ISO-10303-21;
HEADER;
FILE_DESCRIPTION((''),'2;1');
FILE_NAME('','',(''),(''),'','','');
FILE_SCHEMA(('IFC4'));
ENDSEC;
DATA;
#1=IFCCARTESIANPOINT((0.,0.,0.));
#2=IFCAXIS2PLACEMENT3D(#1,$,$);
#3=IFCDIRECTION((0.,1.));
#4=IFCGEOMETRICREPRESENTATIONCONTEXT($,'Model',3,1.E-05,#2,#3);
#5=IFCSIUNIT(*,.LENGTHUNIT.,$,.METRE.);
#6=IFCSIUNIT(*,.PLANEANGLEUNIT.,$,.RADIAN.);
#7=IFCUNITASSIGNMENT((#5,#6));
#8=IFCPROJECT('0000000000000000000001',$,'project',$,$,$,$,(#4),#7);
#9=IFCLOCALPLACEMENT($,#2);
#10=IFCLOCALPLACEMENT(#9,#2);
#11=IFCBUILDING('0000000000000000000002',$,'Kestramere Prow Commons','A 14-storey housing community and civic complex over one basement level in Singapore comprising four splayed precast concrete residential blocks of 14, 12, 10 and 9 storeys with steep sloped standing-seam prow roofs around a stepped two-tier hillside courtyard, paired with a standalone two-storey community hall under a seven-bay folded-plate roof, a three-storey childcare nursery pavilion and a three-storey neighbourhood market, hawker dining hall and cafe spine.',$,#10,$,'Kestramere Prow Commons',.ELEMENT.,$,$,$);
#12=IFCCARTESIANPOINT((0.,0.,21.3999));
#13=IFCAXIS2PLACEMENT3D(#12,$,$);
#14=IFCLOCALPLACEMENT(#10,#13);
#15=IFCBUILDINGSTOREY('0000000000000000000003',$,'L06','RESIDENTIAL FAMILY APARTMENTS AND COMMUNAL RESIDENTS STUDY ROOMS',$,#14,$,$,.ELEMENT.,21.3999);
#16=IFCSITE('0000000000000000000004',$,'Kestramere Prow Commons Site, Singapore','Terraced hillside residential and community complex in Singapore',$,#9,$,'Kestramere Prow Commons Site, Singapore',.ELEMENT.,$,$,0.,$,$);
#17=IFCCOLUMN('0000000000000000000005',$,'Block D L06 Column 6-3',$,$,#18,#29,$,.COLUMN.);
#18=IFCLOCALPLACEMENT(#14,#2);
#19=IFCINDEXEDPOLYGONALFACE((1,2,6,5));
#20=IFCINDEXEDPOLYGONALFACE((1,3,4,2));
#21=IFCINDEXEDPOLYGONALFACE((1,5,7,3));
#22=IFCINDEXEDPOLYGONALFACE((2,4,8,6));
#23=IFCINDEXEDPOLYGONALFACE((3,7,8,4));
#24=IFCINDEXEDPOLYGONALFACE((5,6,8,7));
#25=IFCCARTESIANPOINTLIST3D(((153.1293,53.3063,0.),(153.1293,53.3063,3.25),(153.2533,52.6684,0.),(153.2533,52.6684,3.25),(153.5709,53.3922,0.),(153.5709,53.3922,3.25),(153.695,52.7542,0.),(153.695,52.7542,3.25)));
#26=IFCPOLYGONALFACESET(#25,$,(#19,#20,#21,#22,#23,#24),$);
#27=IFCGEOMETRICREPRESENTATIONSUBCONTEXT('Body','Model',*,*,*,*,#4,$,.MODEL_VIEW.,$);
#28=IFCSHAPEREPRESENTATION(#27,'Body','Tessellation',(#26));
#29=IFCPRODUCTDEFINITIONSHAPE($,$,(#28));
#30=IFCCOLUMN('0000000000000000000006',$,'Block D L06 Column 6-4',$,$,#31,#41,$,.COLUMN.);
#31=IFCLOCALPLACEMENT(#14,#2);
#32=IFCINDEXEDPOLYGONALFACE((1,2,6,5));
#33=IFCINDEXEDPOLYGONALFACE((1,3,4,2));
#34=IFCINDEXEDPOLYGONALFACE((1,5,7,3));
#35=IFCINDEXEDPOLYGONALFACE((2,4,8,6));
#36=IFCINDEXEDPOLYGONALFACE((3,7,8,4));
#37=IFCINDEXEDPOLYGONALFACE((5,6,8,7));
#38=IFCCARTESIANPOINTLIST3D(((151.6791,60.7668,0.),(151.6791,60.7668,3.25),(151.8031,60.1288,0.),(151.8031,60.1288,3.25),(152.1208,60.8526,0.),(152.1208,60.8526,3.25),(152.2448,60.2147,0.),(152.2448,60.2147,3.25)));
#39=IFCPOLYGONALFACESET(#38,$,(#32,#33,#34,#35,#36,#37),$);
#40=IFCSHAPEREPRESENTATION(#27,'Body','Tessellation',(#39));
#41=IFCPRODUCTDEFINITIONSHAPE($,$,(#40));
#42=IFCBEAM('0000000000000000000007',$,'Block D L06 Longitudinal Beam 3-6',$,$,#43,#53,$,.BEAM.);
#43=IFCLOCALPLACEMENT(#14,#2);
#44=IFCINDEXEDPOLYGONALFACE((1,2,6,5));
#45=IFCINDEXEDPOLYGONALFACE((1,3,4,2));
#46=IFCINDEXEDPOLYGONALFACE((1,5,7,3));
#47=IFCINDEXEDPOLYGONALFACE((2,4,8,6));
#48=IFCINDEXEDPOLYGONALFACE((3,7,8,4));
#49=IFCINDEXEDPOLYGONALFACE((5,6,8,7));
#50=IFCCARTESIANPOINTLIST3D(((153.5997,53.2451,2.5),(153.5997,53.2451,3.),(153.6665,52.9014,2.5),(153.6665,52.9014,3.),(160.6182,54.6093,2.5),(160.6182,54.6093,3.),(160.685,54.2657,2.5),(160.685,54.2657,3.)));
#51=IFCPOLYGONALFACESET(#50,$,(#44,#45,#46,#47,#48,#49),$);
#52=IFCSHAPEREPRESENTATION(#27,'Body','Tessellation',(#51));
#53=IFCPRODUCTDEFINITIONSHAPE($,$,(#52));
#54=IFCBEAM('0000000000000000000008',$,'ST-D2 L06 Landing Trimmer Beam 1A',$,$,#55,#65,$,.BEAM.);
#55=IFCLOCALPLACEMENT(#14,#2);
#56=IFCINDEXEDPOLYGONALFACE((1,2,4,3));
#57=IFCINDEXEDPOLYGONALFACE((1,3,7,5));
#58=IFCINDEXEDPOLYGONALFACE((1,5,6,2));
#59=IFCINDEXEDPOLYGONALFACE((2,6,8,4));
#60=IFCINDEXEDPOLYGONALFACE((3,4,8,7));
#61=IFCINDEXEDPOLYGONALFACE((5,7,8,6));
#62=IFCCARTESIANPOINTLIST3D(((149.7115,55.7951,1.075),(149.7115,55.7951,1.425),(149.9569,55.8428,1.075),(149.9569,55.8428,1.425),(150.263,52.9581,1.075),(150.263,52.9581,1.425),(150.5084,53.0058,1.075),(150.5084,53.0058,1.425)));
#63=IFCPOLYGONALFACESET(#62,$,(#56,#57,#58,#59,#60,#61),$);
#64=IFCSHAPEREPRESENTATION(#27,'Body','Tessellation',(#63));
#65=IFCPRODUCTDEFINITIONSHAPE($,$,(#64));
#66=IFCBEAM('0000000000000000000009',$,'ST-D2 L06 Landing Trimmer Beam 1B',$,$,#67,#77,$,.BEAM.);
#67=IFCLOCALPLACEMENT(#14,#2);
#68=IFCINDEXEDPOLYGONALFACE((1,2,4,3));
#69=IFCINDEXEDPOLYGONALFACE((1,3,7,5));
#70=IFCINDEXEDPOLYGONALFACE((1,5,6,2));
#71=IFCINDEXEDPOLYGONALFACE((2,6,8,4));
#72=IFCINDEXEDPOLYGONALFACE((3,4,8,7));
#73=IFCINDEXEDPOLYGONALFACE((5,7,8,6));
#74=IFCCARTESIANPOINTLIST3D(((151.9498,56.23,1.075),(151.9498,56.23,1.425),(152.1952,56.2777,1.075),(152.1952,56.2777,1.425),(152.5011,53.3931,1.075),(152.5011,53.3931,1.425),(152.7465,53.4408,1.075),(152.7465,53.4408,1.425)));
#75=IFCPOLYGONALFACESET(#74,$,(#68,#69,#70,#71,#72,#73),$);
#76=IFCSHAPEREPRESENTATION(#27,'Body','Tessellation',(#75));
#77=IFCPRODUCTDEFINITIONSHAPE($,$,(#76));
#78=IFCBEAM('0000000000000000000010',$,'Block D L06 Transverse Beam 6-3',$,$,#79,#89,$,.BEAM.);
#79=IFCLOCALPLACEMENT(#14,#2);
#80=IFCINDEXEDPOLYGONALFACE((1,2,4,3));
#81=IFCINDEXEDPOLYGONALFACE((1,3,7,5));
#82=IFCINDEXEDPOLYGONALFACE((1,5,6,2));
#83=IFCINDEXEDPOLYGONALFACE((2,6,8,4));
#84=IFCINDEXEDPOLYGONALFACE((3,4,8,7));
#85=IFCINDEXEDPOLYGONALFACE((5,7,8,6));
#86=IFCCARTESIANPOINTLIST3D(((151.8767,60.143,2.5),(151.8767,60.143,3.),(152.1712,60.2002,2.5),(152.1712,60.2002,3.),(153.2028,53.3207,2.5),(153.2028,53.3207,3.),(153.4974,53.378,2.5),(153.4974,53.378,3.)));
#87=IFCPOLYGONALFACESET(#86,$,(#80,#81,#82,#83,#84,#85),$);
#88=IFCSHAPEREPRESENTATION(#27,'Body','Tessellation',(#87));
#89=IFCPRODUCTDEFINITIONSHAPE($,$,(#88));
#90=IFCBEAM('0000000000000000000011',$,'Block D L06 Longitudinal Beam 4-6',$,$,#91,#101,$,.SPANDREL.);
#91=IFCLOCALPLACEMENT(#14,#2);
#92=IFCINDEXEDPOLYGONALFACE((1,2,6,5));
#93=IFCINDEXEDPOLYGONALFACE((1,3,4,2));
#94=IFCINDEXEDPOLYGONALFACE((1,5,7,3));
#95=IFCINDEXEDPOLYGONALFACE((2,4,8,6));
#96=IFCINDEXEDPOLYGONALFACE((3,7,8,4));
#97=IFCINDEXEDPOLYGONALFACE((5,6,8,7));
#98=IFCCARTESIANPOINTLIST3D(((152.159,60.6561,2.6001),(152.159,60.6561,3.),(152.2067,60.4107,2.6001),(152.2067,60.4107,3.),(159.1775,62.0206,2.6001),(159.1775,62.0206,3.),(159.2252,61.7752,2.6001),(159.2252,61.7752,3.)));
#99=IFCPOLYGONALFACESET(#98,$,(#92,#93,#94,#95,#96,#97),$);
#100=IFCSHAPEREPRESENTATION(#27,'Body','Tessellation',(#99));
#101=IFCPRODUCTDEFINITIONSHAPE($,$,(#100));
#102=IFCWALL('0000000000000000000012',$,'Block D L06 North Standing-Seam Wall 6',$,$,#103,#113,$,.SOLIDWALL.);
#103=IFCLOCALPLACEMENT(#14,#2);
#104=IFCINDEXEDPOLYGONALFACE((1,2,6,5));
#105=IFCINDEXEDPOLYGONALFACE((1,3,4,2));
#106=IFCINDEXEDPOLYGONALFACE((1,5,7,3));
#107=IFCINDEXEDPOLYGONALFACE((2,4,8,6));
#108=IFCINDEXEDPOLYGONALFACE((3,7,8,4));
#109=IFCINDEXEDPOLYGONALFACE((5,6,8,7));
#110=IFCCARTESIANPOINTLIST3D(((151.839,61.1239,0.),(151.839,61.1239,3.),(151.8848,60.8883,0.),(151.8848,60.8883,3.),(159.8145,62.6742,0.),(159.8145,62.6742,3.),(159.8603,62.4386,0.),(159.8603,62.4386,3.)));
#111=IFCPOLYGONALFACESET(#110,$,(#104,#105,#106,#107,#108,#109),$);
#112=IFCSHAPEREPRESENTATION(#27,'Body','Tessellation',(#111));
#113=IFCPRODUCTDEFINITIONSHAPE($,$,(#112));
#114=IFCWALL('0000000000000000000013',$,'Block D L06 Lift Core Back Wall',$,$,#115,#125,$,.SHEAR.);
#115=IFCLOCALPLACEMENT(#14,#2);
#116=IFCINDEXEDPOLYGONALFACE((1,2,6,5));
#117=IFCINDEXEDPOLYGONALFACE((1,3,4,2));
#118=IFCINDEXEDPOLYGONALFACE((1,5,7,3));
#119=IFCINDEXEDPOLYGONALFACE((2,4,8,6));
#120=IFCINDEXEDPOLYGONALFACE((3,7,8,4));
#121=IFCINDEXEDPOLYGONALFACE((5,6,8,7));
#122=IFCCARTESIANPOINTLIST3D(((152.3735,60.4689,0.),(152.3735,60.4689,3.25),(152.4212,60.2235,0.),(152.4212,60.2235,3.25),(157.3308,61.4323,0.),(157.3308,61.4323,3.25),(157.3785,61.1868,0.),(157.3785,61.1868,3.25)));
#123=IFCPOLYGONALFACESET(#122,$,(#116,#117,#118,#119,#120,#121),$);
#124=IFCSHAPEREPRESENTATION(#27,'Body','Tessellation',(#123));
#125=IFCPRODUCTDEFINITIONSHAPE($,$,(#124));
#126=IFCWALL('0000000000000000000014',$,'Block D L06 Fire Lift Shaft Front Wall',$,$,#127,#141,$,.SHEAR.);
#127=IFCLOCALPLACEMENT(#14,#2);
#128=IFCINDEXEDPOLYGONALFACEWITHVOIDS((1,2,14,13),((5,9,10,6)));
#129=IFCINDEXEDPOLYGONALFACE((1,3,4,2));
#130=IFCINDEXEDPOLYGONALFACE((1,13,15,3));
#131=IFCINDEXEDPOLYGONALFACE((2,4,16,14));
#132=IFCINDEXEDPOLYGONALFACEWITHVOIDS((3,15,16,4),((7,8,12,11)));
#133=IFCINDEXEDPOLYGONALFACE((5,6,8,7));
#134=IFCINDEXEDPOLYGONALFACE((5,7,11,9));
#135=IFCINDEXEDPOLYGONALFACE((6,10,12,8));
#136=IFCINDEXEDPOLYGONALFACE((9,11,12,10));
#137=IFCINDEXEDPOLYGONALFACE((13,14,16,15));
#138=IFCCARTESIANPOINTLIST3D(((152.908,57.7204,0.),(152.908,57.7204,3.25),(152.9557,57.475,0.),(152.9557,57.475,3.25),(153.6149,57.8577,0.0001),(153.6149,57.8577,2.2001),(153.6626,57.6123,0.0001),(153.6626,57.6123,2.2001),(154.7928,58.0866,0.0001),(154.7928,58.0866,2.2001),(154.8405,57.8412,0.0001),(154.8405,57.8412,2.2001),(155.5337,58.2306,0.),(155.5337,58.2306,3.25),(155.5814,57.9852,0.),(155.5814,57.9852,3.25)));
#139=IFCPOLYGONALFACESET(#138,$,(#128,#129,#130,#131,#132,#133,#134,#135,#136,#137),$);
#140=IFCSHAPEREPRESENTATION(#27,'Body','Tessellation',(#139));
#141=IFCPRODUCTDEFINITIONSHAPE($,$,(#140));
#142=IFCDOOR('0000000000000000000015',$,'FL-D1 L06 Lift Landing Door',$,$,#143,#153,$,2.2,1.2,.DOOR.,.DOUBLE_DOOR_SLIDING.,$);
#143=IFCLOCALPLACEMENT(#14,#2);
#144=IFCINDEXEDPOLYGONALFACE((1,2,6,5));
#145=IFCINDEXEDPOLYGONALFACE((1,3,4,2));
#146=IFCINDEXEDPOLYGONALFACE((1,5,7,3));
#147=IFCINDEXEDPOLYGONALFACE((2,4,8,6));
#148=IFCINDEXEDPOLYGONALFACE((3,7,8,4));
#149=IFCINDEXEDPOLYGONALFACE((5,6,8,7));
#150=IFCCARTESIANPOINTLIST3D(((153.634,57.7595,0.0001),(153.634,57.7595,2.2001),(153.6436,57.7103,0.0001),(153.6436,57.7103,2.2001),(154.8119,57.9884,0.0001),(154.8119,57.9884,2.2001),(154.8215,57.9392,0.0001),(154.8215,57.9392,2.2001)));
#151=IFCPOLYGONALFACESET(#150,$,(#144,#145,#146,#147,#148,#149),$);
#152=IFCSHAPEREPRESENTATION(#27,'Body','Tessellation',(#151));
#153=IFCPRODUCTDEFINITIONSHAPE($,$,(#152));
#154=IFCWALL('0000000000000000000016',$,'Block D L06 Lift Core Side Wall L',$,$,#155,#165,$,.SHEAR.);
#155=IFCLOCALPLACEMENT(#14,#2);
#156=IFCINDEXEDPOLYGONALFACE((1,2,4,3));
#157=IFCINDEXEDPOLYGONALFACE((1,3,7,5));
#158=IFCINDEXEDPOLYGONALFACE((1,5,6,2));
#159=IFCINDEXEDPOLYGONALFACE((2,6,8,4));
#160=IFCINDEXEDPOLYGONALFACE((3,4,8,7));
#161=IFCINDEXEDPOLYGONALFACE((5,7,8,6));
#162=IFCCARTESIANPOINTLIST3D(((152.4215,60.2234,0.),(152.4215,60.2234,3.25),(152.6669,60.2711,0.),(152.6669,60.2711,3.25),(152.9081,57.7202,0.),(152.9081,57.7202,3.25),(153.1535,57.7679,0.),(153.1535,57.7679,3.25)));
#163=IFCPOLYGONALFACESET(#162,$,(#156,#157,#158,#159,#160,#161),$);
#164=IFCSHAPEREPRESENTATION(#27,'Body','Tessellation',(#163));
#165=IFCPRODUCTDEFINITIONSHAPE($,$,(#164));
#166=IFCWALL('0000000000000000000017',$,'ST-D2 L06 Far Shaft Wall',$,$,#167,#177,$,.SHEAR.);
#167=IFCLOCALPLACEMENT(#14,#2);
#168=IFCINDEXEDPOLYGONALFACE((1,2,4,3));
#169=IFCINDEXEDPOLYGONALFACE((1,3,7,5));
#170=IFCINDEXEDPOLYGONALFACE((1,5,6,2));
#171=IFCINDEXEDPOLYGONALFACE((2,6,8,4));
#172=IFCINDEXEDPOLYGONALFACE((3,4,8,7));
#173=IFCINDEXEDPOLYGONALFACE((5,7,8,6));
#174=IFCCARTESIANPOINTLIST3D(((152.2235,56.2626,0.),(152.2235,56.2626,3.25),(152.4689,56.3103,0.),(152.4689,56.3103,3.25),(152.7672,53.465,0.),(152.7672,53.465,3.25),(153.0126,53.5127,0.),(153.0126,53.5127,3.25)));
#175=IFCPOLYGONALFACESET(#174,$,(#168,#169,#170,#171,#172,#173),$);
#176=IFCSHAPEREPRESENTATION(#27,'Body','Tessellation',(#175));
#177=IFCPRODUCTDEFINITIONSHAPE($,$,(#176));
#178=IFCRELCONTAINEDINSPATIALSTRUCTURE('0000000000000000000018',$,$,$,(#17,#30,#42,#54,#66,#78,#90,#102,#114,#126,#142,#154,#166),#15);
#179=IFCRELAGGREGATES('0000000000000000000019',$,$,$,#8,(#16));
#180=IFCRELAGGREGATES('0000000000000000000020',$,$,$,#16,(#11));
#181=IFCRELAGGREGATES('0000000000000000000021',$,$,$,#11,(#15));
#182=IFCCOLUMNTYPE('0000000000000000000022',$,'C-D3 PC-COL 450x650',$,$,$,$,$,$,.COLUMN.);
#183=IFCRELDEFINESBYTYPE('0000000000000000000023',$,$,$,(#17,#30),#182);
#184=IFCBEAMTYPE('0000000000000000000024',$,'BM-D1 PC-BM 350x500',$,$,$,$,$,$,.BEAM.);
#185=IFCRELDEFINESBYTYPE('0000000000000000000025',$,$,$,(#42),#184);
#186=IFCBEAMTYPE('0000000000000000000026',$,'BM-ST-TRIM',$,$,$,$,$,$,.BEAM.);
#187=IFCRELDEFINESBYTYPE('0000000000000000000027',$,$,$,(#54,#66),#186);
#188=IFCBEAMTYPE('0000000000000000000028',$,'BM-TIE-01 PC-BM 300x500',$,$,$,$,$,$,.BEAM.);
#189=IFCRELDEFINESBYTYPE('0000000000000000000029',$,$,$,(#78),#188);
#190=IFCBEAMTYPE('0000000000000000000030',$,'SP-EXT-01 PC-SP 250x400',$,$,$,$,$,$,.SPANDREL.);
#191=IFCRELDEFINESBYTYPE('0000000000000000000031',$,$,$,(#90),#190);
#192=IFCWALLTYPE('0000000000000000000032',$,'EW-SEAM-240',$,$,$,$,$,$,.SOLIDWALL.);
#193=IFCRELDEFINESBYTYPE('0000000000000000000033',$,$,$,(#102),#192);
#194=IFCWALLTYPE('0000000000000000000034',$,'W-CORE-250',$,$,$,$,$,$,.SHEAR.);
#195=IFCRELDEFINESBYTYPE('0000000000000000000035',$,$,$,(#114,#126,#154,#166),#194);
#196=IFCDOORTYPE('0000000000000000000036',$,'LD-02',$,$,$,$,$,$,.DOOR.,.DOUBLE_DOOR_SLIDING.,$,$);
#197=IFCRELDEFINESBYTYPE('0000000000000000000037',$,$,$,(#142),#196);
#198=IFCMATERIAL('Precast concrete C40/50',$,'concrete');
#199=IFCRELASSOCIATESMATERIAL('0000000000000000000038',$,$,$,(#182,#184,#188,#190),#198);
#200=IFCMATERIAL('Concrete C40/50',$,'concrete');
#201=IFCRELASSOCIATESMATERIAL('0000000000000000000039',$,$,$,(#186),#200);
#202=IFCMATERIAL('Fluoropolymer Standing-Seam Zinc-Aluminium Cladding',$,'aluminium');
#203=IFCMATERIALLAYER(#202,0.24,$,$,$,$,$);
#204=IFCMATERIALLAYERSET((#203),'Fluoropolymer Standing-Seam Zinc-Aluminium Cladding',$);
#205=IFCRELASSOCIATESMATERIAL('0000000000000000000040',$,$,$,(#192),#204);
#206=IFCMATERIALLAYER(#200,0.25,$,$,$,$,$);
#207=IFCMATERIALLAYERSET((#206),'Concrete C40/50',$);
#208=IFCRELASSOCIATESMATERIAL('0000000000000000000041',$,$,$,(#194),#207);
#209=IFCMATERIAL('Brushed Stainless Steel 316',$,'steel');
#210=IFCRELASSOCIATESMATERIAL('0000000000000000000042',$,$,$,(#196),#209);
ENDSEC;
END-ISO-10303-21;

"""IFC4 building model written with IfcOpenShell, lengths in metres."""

from ifc_helpers import new_model, si_unit, direction, frame, frame_2d, origin, origin_2d, place, context, subcontext, project, spatial, rectangle, extrude, material, layer, layer_set, material_profile, profile_set, type_object, element, fill, save


model = new_model("IFC4")

# Units and contexts
model_context = context("Model", 3, precision=1e-05, world=origin(), true_north=direction((0.0, 1.0)))
body_context = subcontext(model_context, "Body", "Model", "MODEL_VIEW")
ifc_project = project(units=[si_unit("LENGTHUNIT", "METRE"), si_unit("PLANEANGLEUNIT", "RADIAN")], contexts=[model_context])

# Site, building, storey
site_placement = place(None, origin())
site = spatial("IfcSite", under=ifc_project, at=site_placement, Name="Kestramere Prow Commons Site, Singapore", Description="Terraced hillside residential and community complex in Singapore", LongName="Kestramere Prow Commons Site, Singapore", CompositionType="ELEMENT", RefElevation=0.0)
building_placement = place(site_placement, origin())
building = spatial("IfcBuilding", under=site, at=building_placement, Name="Kestramere Prow Commons", Description="A 14-storey housing community and civic complex over one basement level in Singapore comprising four splayed precast concrete residential blocks of 14, 12, 10 and 9 storeys with steep sloped standing-seam prow roofs around a stepped two-tier hillside courtyard, paired with a standalone two-storey community hall under a seven-bay folded-plate roof, a three-storey childcare nursery pavilion and a three-storey neighbourhood market, hawker dining hall and cafe spine.", LongName="Kestramere Prow Commons", CompositionType="ELEMENT")
storey_placement = place(building_placement, frame((0.0, 0.0, 21.3999)))
storey = spatial("IfcBuildingStorey", under=building, at=storey_placement, Name="L06", Description="RESIDENTIAL FAMILY APARTMENTS AND COMMUNAL RESIDENTS STUDY ROOMS", CompositionType="ELEMENT", Elevation=21.3999)

# Columns
ifc_material_1 = material(Name="Precast concrete C40/50", Category="concrete")
ifc_material_profile_1 = material_profile(ifc_material_1, rectangle(XDim=0.45, YDim=0.6499, at=origin_2d()), Name="PC-COL 450x650")
ifc_profile_set_1 = profile_set([ifc_material_profile_1], Name="Precast concrete C40/50")
column_type = type_object("IfcColumnType", Name="C-D3 PC-COL 450x650", PredefinedType="COLUMN", material=ifc_profile_set_1)
for number, where, z_axis, x_axis, name in (
    (1, (153.4121, 53.0303, 0.0), (0.0, 0.0, 1.0), (0.981627, 0.190809, 0.0), "Block D L06 Column 6-3"),
    (2, (151.9619, 60.4907, 0.0), (0.0, 0.0, 1.0), (0.981627, 0.190809, 0.0), "Block D L06 Column 6-4"),
):
    element("IfcColumn", number, at=place(storey_placement, frame(where, z_axis=z_axis, x_axis=x_axis)), inside=storey, type_object=column_type, Name=name, PredefinedType="COLUMN", context=body_context, shape_type="SweptSolid", body=[
        extrude(rectangle(XDim=0.45, YDim=0.6499, at=origin_2d()), origin(), (0.0, 0.0, 1.0), 3.25),
    ])

# Beams
ifc_material_profile_2 = material_profile(ifc_material_1, rectangle(XDim=0.3501, YDim=0.5, at=origin_2d()), Name="PC-BM 350x500")
ifc_profile_set_2 = profile_set([ifc_material_profile_2], Name="Precast concrete C40/50")
beam_type_1 = type_object("IfcBeamType", Name="BM-D1 PC-BM 350x500", PredefinedType="BEAM", material=ifc_profile_set_2)
beam_1_placement = place(storey_placement, frame((153.6331, 53.0732, 2.75), z_axis=(0.981627, 0.190808, 0.0), x_axis=(-0.190808, 0.981627, 0.0)))
element("IfcBeam", 3, at=beam_1_placement, inside=storey, type_object=beam_type_1, Name="Block D L06 Longitudinal Beam 3-6", PredefinedType="BEAM", context=body_context, shape_type="SweptSolid", body=[
    extrude(rectangle(XDim=0.3501, YDim=0.5, at=origin_2d()), origin(), (0.0, 0.0, 1.0), 7.1499),
])
ifc_material_2 = material(Name="Concrete C40/50", Category="concrete")
ifc_material_profile_3 = material_profile(ifc_material_2, rectangle(XDim=0.25, YDim=0.3501, at=origin_2d()), Name="PC-BM 250x350")
ifc_profile_set_3 = profile_set([ifc_material_profile_3], Name="Concrete C40/50")
beam_type_2 = type_object("IfcBeamType", Name="BM-ST-TRIM", PredefinedType="BEAM", material=ifc_profile_set_3)
beam_2_placement = place(storey_placement, frame((150.3857, 52.9819, 1.25), z_axis=(-0.190833, 0.981622, 0.0), x_axis=(-0.981622, -0.190833, 0.0)))
element("IfcBeam", 4, at=beam_2_placement, inside=storey, type_object=beam_type_2, Name="ST-D2 L06 Landing Trimmer Beam 1A", PredefinedType="BEAM", context=body_context, shape_type="SweptSolid", body=[
    extrude(rectangle(XDim=0.25, YDim=0.3501, at=origin_2d()), origin(), (0.0, 0.0, 1.0), 2.8901),
])
beam_3_placement = place(storey_placement, frame((152.6238, 53.417, 1.25), z_axis=(-0.190752, 0.981638, 0.0), x_axis=(-0.981638, -0.190752, 0.0)))
element("IfcBeam", 5, at=beam_3_placement, inside=storey, type_object=beam_type_2, Name="ST-D2 L06 Landing Trimmer Beam 1B", PredefinedType="BEAM", context=body_context, shape_type="SweptSolid", body=[
    extrude(rectangle(XDim=0.25, YDim=0.3501, at=origin_2d()), origin(), (0.0, 0.0, 1.0), 2.8899),
])
ifc_material_profile_4 = material_profile(ifc_material_1, rectangle(XDim=0.3, YDim=0.5, at=origin_2d()), Name="PC-BM 300x500")
ifc_profile_set_4 = profile_set([ifc_material_profile_4], Name="Precast concrete C40/50")
beam_type_3 = type_object("IfcBeamType", Name="BM-TIE-01 PC-BM 300x500", PredefinedType="BEAM", material=ifc_profile_set_4)
beam_4_placement = place(storey_placement, frame((153.3501, 53.3494, 2.75), z_axis=(-0.190817, 0.981626, 0.0), x_axis=(-0.981626, -0.190817, 0.0)))
element("IfcBeam", 6, at=beam_4_placement, inside=storey, type_object=beam_type_3, Name="Block D L06 Transverse Beam 6-3", PredefinedType="BEAM", context=body_context, shape_type="SweptSolid", body=[
    extrude(rectangle(XDim=0.3, YDim=0.5, at=origin_2d()), origin(), (0.0, 0.0, 1.0), 6.95),
])
ifc_material_profile_5 = material_profile(ifc_material_1, rectangle(XDim=0.25, YDim=0.3999, at=origin_2d()), Name="PC-SP 250x400")
ifc_profile_set_5 = profile_set([ifc_material_profile_5], Name="Precast concrete C40/50")
beam_type_4 = type_object("IfcBeamType", Name="SP-EXT-01 PC-SP 250x400", PredefinedType="SPANDREL", material=ifc_profile_set_5)
beam_5_placement = place(storey_placement, frame((152.1829, 60.5334, 2.8), z_axis=(0.981621, 0.19084, 0.0), x_axis=(-0.19084, 0.981621, 0.0)))
element("IfcBeam", 7, at=beam_5_placement, inside=storey, type_object=beam_type_4, Name="Block D L06 Longitudinal Beam 4-6", PredefinedType="SPANDREL", context=body_context, shape_type="SweptSolid", body=[
    extrude(rectangle(XDim=0.25, YDim=0.3999, at=origin_2d()), origin(), (0.0, 0.0, 1.0), 7.1499),
])

# Walls
ifc_material_3 = material(Name="Fluoropolymer Standing-Seam Zinc-Aluminium Cladding", Category="aluminium")
ifc_layer_1 = layer(ifc_material_3, 0.24)
ifc_layer_set_1 = layer_set([ifc_layer_1], Name="Fluoropolymer Standing-Seam Zinc-Aluminium Cladding")
wall_type_1 = type_object("IfcWallType", Name="EW-SEAM-240", PredefinedType="SOLIDWALL", material=ifc_layer_set_1)
wall_1_placement = place(storey_placement, frame((151.8618, 61.0061, 0.0), z_axis=(0.0, 0.0, 1.0), x_axis=(0.981627, 0.190809, 0.0)))
element("IfcWall", 8, at=wall_1_placement, inside=storey, type_object=wall_type_1, Name="Block D L06 North Standing-Seam Wall 6", PredefinedType="SOLIDWALL", context=body_context, shape_type="SweptSolid", body=[
    extrude(rectangle(XDim=8.1248, YDim=0.24, at=frame_2d((4.0625, 0.0))), origin(), (0.0, 0.0, 1.0), 3.0),
])
ifc_layer_2 = layer(ifc_material_2, 0.25)
ifc_layer_set_2 = layer_set([ifc_layer_2], Name="Concrete C40/50")
wall_type_2 = type_object("IfcWallType", Name="W-CORE-250", PredefinedType="SHEAR", material=ifc_layer_set_2)
wall_2_placement = place(storey_placement, frame((152.3975, 60.3462, 0.0), z_axis=(0.0, 0.0, 1.0), x_axis=(0.981635, 0.190767, 0.0)))
element("IfcWall", 9, at=wall_2_placement, inside=storey, type_object=wall_type_2, Name="Block D L06 Lift Core Back Wall", PredefinedType="SHEAR", context=body_context, shape_type="SweptSolid", body=[
    extrude(rectangle(XDim=5.05, YDim=0.25, at=frame_2d((2.5249, 0.0))), origin(), (0.0, 0.0, 1.0), 3.25),
])

# Wall, opening, door
wall_3_placement = place(storey_placement, frame((152.9319, 57.5977, 0.0), z_axis=(0.0, 0.0, 1.0), x_axis=(0.981637, 0.19076, 0.0)))
wall_3 = element("IfcWall", 10, at=wall_3_placement, inside=storey, type_object=wall_type_2, Name="Block D L06 Fire Lift Shaft Front Wall", PredefinedType="SHEAR", context=body_context, shape_type="SweptSolid", body=[
    extrude(rectangle(XDim=2.6748, YDim=0.25, at=frame_2d((1.3374, 0.0))), origin(), (0.0, 0.0, 1.0), 3.25),
])
opening_1_placement = place(wall_3_placement, frame((0.72, 0.0, 0.0)))
opening_1 = element("IfcOpeningElement", 11, at=opening_1_placement, cuts=wall_3, PredefinedType="OPENING", context=body_context, shape_type="SweptSolid", body=[
    extrude(rectangle(XDim=1.2, YDim=2.2, at=frame_2d((0.6001, 1.1001))), frame((0.0, 0.1399, 0.0), z_axis=(0.0, -1.0, 0.0), x_axis=(1.0, 0.0, 0.0)), (0.0, 0.0, 1.0), 0.28),
])
ifc_material_4 = material(Name="Brushed Stainless Steel 316", Category="steel")
door_type_1 = type_object("IfcDoorType", Name="LD-02", OperationType="DOUBLE_DOOR_SLIDING", PredefinedType="DOOR", material=ifc_material_4)
door_1_placement = place(opening_1_placement, origin())
door_1 = element("IfcDoor", 12, at=door_1_placement, inside=storey, type_object=door_type_1, Name="FL-D1 L06 Lift Landing Door", OperationType="DOUBLE_DOOR_SLIDING", OverallHeight=2.2, OverallWidth=1.2, PredefinedType="DOOR", context=body_context, shape_type="SweptSolid", body=[
    extrude(rectangle(XDim=1.2, YDim=2.2, at=frame_2d((0.6001, 1.1001))), frame((0.0, 0.0249, 0.0), z_axis=(0.0, -1.0, 0.0), x_axis=(1.0, 0.0, 0.0)), (0.0, 0.0, 1.0), 0.05),
])
fill(opening_1, door_1)

# Walls
wall_4_placement = place(storey_placement, frame((153.0308, 57.7441, 0.0), z_axis=(0.0, 0.0, 1.0), x_axis=(-0.190811, 0.981627, 0.0)))
element("IfcWall", 13, at=wall_4_placement, inside=storey, type_object=wall_type_2, Name="Block D L06 Lift Core Side Wall L", PredefinedType="SHEAR", context=body_context, shape_type="SweptSolid", body=[
    extrude(rectangle(XDim=2.55, YDim=0.25, at=frame_2d((1.2749, 0.0))), origin(), (0.0, 0.0, 1.0), 3.25),
])
wall_5_placement = place(storey_placement, frame((152.8899, 53.489, 0.0), z_axis=(0.0, 0.0, 1.0), x_axis=(-0.190776, 0.981634, 0.0)))
element("IfcWall", 14, at=wall_5_placement, inside=storey, type_object=wall_type_2, Name="ST-D2 L06 Far Shaft Wall", PredefinedType="SHEAR", context=body_context, shape_type="SweptSolid", body=[
    extrude(rectangle(XDim=2.8499, YDim=0.25, at=frame_2d((1.4248, 0.0))), origin(), (0.0, 0.0, 1.0), 3.25),
])

save(model, "model.ifc")
